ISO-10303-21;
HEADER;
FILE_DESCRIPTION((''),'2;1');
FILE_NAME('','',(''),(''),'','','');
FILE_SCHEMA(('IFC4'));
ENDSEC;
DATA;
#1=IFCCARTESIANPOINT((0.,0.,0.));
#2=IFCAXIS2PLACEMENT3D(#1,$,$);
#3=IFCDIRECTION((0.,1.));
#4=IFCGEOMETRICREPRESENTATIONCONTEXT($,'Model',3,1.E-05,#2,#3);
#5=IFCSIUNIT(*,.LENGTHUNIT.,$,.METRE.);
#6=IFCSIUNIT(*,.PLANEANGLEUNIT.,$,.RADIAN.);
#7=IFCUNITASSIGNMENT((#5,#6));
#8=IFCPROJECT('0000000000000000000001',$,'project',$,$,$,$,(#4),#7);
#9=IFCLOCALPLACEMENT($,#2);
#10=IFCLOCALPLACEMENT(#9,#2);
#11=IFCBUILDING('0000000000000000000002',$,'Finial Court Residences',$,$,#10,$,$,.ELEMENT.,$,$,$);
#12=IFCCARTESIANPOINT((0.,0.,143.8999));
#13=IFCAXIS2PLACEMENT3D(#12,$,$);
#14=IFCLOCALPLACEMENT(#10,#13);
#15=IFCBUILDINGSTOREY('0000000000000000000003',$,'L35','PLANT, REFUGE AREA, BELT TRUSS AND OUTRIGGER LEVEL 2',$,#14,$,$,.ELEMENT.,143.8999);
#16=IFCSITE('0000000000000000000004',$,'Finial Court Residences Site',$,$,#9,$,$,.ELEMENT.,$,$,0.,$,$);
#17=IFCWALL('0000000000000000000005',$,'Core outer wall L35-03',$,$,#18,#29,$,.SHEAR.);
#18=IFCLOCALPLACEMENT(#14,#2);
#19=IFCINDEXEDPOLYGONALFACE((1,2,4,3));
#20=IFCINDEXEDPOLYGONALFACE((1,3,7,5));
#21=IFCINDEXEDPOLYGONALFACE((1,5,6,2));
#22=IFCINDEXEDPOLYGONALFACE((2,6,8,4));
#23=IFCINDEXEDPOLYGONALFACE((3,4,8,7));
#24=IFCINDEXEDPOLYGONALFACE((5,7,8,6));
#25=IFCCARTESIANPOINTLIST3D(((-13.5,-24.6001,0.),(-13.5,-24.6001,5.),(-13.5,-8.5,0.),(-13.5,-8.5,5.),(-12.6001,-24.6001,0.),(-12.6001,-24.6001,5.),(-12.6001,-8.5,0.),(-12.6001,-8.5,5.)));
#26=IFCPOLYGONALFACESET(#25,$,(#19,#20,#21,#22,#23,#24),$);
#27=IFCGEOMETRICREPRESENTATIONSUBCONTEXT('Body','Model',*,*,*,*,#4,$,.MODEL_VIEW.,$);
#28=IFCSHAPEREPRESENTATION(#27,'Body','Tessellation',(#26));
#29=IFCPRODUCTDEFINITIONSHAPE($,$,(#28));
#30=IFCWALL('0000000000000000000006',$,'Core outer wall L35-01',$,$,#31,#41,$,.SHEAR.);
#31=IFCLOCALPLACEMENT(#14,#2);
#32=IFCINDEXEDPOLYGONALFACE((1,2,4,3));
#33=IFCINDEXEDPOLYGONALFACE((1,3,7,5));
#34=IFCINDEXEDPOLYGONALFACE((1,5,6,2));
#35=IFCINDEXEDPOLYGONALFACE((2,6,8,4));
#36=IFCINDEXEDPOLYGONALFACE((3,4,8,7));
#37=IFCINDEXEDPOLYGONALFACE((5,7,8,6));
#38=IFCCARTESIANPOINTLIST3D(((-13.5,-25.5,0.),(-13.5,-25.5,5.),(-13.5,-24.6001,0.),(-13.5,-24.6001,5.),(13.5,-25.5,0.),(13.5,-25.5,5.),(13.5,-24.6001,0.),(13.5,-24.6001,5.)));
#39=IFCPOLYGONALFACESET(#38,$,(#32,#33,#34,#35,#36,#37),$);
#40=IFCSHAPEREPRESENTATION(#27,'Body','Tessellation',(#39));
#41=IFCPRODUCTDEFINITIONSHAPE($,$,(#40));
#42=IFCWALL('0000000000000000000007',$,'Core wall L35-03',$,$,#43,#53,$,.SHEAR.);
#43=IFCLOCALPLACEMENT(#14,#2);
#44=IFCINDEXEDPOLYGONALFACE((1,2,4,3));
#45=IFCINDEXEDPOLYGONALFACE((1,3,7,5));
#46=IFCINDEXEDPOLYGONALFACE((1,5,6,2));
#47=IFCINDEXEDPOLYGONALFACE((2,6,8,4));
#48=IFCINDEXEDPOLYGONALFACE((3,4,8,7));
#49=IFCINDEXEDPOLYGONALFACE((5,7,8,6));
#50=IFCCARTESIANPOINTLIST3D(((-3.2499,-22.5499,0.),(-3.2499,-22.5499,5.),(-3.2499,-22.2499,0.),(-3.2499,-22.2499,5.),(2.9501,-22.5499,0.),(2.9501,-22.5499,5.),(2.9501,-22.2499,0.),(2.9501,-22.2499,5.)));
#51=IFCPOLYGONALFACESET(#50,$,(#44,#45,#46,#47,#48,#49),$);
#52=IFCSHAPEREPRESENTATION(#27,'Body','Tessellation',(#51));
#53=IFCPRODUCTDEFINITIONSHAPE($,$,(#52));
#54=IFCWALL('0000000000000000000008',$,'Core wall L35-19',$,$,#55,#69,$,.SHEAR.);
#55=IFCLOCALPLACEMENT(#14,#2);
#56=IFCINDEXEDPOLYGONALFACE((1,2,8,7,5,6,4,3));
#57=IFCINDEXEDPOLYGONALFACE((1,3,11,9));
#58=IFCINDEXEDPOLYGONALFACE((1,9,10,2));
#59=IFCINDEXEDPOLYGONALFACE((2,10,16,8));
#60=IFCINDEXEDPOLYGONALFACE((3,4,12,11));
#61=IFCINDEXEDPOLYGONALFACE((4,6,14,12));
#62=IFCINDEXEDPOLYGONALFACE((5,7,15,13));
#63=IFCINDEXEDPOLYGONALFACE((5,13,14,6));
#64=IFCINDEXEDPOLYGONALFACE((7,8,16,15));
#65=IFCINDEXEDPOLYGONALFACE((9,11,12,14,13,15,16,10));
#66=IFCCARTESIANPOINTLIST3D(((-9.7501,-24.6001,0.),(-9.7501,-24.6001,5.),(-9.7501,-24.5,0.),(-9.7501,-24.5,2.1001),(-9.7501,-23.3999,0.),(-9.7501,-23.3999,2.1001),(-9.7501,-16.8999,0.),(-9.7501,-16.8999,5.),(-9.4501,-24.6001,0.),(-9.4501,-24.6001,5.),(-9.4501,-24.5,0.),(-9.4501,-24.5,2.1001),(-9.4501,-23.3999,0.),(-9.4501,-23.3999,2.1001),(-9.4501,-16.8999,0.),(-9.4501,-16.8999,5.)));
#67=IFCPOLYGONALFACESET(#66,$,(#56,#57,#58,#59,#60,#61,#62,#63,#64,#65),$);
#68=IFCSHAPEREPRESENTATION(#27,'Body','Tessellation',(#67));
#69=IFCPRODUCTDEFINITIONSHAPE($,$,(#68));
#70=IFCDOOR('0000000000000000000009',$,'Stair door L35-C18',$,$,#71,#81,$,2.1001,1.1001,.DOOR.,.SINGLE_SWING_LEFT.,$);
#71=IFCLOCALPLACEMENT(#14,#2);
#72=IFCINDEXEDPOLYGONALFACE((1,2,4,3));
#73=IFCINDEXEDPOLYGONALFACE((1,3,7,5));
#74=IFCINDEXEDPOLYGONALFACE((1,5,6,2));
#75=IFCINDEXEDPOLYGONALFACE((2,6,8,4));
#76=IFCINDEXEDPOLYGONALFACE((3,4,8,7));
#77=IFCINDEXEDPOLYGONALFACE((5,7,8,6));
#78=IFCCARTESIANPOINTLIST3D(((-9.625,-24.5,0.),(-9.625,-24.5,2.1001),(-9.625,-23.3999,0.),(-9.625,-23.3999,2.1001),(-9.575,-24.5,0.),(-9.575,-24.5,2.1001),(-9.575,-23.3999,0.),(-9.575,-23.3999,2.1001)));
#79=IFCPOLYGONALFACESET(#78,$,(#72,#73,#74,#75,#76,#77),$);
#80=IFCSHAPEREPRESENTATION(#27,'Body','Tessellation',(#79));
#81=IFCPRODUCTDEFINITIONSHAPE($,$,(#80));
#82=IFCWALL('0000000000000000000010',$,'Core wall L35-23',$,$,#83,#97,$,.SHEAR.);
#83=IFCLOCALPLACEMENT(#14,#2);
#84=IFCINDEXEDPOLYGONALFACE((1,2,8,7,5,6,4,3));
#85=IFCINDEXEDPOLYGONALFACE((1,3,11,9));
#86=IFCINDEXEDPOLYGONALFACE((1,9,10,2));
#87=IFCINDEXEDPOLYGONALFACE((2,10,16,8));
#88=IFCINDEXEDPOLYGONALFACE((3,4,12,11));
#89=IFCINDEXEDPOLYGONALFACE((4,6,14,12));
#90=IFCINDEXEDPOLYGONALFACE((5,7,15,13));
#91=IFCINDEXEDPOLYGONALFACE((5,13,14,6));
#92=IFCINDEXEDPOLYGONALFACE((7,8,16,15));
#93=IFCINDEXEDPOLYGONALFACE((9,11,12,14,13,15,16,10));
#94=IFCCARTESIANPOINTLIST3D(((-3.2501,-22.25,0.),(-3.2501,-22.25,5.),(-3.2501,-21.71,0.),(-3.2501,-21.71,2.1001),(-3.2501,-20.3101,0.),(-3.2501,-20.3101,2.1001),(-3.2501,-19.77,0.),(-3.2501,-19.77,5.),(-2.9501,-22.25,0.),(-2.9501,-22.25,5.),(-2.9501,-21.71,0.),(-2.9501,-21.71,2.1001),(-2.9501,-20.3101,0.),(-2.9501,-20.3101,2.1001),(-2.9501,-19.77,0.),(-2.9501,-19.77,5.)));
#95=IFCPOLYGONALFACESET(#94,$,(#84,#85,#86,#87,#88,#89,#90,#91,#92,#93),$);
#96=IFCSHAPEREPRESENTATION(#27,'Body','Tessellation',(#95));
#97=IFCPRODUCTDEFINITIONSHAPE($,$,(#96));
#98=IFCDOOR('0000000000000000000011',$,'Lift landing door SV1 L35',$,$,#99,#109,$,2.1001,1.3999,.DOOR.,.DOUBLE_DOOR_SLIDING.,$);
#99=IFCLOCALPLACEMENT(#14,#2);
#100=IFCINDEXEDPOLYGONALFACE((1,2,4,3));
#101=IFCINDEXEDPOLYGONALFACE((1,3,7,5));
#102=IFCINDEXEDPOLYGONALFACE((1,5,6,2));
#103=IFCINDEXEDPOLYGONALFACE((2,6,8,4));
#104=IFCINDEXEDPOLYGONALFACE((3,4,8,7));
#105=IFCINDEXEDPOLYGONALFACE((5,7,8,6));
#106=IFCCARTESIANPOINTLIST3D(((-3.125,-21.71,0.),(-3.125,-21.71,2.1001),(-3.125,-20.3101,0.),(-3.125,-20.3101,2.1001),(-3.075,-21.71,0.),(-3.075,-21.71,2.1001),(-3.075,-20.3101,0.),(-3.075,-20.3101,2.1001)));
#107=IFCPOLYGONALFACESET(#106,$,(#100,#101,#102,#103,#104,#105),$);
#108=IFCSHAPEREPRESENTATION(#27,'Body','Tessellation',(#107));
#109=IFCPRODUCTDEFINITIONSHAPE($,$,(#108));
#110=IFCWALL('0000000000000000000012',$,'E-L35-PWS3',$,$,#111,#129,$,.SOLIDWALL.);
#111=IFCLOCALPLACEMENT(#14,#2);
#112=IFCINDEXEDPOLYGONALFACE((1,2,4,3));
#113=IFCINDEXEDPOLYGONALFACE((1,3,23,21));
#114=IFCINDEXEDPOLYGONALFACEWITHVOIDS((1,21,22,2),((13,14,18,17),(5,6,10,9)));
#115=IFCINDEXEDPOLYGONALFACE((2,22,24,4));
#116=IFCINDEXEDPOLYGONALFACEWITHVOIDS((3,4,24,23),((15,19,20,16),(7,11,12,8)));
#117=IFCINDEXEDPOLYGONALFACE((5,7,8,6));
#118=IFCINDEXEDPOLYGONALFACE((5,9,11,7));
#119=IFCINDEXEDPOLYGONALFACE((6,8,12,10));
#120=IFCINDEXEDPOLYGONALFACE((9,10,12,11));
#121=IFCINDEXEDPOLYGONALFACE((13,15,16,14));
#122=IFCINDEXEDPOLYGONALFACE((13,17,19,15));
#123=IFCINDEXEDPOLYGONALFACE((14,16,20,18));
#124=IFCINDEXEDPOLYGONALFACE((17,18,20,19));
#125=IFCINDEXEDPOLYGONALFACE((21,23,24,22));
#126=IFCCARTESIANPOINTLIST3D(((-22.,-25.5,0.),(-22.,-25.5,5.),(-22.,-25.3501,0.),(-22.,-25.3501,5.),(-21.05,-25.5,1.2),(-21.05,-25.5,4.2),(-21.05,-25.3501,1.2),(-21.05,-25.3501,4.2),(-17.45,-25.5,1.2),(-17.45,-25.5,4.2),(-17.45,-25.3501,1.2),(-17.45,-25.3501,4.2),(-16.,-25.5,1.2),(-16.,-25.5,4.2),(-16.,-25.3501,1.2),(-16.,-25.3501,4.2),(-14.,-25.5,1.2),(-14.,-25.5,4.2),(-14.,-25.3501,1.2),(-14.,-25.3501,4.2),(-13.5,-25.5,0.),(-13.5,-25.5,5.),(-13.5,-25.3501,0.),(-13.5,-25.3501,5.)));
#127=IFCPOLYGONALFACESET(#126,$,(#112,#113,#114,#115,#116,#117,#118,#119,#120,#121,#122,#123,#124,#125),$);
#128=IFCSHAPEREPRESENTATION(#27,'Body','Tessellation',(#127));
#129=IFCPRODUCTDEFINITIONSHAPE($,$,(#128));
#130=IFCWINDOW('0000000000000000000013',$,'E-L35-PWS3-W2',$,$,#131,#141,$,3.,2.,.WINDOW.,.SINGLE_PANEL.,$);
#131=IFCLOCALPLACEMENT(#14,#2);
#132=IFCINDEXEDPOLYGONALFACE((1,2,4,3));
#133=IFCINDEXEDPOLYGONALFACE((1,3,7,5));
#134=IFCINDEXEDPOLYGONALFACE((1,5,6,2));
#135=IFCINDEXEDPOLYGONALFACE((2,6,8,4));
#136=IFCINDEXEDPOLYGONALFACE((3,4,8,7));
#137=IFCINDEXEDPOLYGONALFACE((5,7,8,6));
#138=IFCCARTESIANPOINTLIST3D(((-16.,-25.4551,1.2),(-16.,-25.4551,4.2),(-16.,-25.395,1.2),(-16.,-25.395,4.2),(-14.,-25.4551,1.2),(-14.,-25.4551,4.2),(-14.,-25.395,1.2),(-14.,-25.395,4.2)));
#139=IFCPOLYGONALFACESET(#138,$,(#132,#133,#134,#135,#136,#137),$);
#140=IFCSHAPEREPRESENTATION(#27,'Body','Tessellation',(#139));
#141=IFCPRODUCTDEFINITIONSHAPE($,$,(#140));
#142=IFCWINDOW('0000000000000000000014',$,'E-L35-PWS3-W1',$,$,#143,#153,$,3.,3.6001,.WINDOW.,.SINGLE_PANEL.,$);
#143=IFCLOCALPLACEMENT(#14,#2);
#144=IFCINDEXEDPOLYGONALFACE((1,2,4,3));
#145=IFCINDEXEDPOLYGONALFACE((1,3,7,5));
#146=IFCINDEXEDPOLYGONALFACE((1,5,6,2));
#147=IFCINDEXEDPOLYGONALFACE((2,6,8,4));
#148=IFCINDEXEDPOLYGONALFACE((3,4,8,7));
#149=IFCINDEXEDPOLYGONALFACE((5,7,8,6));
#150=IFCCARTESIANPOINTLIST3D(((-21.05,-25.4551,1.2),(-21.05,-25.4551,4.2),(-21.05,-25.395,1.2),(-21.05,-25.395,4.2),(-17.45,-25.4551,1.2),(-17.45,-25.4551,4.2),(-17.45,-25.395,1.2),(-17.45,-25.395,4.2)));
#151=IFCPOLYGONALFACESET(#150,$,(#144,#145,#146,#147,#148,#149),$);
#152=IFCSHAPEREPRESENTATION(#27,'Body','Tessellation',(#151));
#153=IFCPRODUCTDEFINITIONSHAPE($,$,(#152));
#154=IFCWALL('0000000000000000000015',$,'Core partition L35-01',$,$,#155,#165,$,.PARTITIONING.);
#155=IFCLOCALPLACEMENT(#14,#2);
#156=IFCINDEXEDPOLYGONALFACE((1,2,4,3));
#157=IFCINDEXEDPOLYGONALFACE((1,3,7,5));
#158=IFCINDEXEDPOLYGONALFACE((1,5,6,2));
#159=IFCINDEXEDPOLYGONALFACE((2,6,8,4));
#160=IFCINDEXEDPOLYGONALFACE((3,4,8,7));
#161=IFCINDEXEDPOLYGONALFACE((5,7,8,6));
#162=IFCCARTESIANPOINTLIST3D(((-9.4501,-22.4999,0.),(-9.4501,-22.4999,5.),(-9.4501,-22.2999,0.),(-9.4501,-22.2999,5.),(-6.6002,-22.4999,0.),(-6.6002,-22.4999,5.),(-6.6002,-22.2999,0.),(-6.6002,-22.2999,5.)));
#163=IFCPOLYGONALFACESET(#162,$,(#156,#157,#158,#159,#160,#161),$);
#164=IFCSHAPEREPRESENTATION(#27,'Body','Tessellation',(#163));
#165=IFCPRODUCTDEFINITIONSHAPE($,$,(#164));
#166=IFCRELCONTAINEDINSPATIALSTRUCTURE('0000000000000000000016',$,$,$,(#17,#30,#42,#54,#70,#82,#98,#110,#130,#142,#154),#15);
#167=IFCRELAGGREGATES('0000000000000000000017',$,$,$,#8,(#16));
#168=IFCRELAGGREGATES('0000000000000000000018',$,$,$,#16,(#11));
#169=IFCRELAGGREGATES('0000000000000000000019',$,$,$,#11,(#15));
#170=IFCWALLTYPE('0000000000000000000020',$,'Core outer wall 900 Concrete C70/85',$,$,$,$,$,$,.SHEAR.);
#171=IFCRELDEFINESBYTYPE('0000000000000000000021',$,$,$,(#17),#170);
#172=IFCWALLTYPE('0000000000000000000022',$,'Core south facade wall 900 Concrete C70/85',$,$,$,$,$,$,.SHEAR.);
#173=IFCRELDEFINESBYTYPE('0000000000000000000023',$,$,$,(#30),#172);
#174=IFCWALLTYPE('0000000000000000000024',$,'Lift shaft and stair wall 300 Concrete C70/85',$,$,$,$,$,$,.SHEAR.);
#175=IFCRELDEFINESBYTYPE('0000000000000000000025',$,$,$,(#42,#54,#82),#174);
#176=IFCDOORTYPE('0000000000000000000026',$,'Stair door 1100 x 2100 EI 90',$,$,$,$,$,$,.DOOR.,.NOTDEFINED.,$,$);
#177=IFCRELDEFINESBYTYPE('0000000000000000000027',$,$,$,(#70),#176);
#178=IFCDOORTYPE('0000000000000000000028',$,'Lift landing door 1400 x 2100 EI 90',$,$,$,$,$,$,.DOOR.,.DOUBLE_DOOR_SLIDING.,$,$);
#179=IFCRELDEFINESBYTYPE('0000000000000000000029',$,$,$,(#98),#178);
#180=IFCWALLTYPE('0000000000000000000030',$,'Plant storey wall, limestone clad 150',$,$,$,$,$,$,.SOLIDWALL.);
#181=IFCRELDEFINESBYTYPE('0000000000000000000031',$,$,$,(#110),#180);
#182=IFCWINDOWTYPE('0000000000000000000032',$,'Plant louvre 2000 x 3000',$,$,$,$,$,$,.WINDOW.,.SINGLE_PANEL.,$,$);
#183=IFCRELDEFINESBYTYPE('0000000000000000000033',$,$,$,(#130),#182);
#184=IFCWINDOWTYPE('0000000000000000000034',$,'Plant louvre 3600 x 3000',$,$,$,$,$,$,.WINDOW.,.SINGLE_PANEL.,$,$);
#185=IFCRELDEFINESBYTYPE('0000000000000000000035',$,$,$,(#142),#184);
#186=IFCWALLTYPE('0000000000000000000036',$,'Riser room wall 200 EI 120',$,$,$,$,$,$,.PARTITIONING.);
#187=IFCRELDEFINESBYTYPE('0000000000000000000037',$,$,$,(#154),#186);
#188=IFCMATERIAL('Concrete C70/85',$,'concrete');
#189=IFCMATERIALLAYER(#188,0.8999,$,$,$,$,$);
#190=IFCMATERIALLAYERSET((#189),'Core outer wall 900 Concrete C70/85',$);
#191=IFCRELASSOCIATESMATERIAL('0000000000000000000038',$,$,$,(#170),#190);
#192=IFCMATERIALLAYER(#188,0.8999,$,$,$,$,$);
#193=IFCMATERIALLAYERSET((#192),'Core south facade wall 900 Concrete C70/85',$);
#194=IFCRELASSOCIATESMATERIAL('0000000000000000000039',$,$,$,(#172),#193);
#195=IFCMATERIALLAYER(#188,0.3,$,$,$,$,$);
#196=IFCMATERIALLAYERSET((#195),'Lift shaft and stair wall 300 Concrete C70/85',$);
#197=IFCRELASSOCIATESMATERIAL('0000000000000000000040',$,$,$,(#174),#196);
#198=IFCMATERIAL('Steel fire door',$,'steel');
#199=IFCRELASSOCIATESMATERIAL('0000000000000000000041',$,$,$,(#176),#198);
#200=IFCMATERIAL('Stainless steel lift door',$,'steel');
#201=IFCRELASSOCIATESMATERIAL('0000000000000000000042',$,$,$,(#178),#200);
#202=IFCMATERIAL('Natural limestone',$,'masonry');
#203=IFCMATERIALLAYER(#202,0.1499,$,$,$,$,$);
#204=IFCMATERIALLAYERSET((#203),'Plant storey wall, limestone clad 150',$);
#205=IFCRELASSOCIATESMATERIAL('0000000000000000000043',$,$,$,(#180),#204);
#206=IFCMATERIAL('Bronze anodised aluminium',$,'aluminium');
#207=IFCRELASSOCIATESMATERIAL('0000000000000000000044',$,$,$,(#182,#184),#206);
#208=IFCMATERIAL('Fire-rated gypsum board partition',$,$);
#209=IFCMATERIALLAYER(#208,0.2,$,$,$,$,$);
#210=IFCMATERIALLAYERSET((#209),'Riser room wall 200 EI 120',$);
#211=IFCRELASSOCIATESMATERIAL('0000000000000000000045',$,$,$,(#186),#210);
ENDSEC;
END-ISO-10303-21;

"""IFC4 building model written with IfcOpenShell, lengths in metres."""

from ifc_helpers import new_model, si_unit, direction, frame, frame_2d, origin, place, context, subcontext, project, spatial, rectangle, extrude, material, layer, layer_set, type_object, element, fill, save


model = new_model("IFC4")

# Units and contexts
model_context = context("Model", 3, precision=1e-05, world=origin(), true_north=direction((0.0, 1.0)))
body_context = subcontext(model_context, "Body", "Model", "MODEL_VIEW")
ifc_project = project(units=[si_unit("LENGTHUNIT", "METRE"), si_unit("PLANEANGLEUNIT", "RADIAN")], contexts=[model_context])

# Site, building, storey
site_placement = place(None, origin())
site = spatial("IfcSite", under=ifc_project, at=site_placement, Name="Finial Court Residences Site", CompositionType="ELEMENT", RefElevation=0.0)
building_placement = place(site_placement, origin())
building = spatial("IfcBuilding", under=site, at=building_placement, Name="Finial Court Residences", CompositionType="ELEMENT")
storey_placement = place(building_placement, frame((0.0, 0.0, 143.8999)))
storey = spatial("IfcBuildingStorey", under=building, at=storey_placement, Name="L35", Description="PLANT, REFUGE AREA, BELT TRUSS AND OUTRIGGER LEVEL 2", CompositionType="ELEMENT", Elevation=143.8999)

# Walls
ifc_material_1 = material(Name="Concrete C70/85", Category="concrete")
ifc_layer_1 = layer(ifc_material_1, 0.8999)
ifc_layer_set_1 = layer_set([ifc_layer_1], Name="Core outer wall 900 Concrete C70/85")
wall_type_1 = type_object("IfcWallType", Name="Core outer wall 900 Concrete C70/85", PredefinedType="SHEAR", material=ifc_layer_set_1)
wall_1_placement = place(storey_placement, frame((-13.05, -24.6001, 0.0), z_axis=(0.0, 0.0, 1.0), x_axis=(0.0, 1.0, 0.0)))
element("IfcWall", 1, at=wall_1_placement, inside=storey, type_object=wall_type_1, Name="Core outer wall L35-03", PredefinedType="SHEAR", context=body_context, shape_type="SweptSolid", body=[
    extrude(rectangle(XDim=16.1001, YDim=0.8999, at=frame_2d((8.05, 0.0))), origin(), (0.0, 0.0, 1.0), 5.0),
])
ifc_layer_2 = layer(ifc_material_1, 0.8999)
ifc_layer_set_2 = layer_set([ifc_layer_2], Name="Core south facade wall 900 Concrete C70/85")
wall_type_2 = type_object("IfcWallType", Name="Core south facade wall 900 Concrete C70/85", PredefinedType="SHEAR", material=ifc_layer_set_2)
wall_2_placement = place(storey_placement, frame((-13.5, -25.05, 0.0), z_axis=(0.0, 0.0, 1.0), x_axis=(1.0, 0.0, 0.0)))
element("IfcWall", 2, at=wall_2_placement, inside=storey, type_object=wall_type_2, Name="Core outer wall L35-01", PredefinedType="SHEAR", context=body_context, shape_type="SweptSolid", body=[
    extrude(rectangle(XDim=27.0, YDim=0.8999, at=frame_2d((13.5, 0.0))), origin(), (0.0, 0.0, 1.0), 5.0),
])
ifc_layer_3 = layer(ifc_material_1, 0.3)
ifc_layer_set_3 = layer_set([ifc_layer_3], Name="Lift shaft and stair wall 300 Concrete C70/85")
wall_type_3 = type_object("IfcWallType", Name="Lift shaft and stair wall 300 Concrete C70/85", PredefinedType="SHEAR", material=ifc_layer_set_3)
wall_3_placement = place(storey_placement, frame((-3.25, -22.3999, 0.0), z_axis=(0.0, 0.0, 1.0), x_axis=(1.0, 0.0, 0.0)))
element("IfcWall", 3, at=wall_3_placement, inside=storey, type_object=wall_type_3, Name="Core wall L35-03", PredefinedType="SHEAR", context=body_context, shape_type="SweptSolid", body=[
    extrude(rectangle(XDim=6.2, YDim=0.3, at=frame_2d((3.1001, 0.0))), origin(), (0.0, 0.0, 1.0), 5.0),
])

# Walls, openings, doors
wall_4_placement = place(storey_placement, frame((-9.6001, -24.6001, 0.0), z_axis=(0.0, 0.0, 1.0), x_axis=(0.0, 1.0, 0.0)))
wall_4 = element("IfcWall", 4, at=wall_4_placement, inside=storey, type_object=wall_type_3, Name="Core wall L35-19", PredefinedType="SHEAR", context=body_context, shape_type="SweptSolid", body=[
    extrude(rectangle(XDim=7.7002, YDim=0.3, at=frame_2d((3.8501, 0.0))), origin(), (0.0, 0.0, 1.0), 5.0),
])
opening_1_placement = place(wall_4_placement, frame((0.1001, 0.0, 0.0)))
opening_1 = element("IfcOpeningElement", 5, at=opening_1_placement, cuts=wall_4, PredefinedType="OPENING", context=body_context, shape_type="SweptSolid", body=[
    extrude(rectangle(XDim=1.1001, YDim=2.1001, at=frame_2d((0.55, 1.05))), frame((0.0, 0.1599, 0.0), z_axis=(0.0, -1.0, 0.0), x_axis=(1.0, 0.0, 0.0)), (0.0, 0.0, 1.0), 0.3201),
])
ifc_material_2 = material(Name="Steel fire door", Category="steel")
door_type_1 = type_object("IfcDoorType", Name="Stair door 1100 x 2100 EI 90", OperationType="NOTDEFINED", PredefinedType="DOOR", material=ifc_material_2)
door_1_placement = place(opening_1_placement, origin())
door_1 = element("IfcDoor", 6, at=door_1_placement, inside=storey, type_object=door_type_1, Name="Stair door L35-C18", OperationType="SINGLE_SWING_LEFT", OverallHeight=2.1001, OverallWidth=1.1001, PredefinedType="DOOR", context=body_context, shape_type="SweptSolid", body=[
    extrude(rectangle(XDim=1.1001, YDim=2.1001, at=frame_2d((0.55, 1.05))), frame((0.0, 0.0249, 0.0), z_axis=(0.0, -1.0, 0.0), x_axis=(1.0, 0.0, 0.0)), (0.0, 0.0, 1.0), 0.05),
])
fill(opening_1, door_1)
wall_5_placement = place(storey_placement, frame((-3.1001, -22.25, 0.0), z_axis=(0.0, 0.0, 1.0), x_axis=(0.0, 1.0, 0.0)))
wall_5 = element("IfcWall", 7, at=wall_5_placement, inside=storey, type_object=wall_type_3, Name="Core wall L35-23", PredefinedType="SHEAR", context=body_context, shape_type="SweptSolid", body=[
    extrude(rectangle(XDim=2.48, YDim=0.3, at=frame_2d((1.24, 0.0))), origin(), (0.0, 0.0, 1.0), 5.0),
])
opening_2_placement = place(wall_5_placement, frame((0.54, 0.0, 0.0)))
opening_2 = element("IfcOpeningElement", 8, at=opening_2_placement, cuts=wall_5, PredefinedType="OPENING", context=body_context, shape_type="SweptSolid", body=[
    extrude(rectangle(XDim=1.3999, YDim=2.1001, at=frame_2d((0.7, 1.05))), frame((0.0, 0.1599, 0.0), z_axis=(0.0, -1.0, 0.0), x_axis=(1.0, 0.0, 0.0)), (0.0, 0.0, 1.0), 0.3201),
])
ifc_material_3 = material(Name="Stainless steel lift door", Category="steel")
door_type_2 = type_object("IfcDoorType", Name="Lift landing door 1400 x 2100 EI 90", OperationType="DOUBLE_DOOR_SLIDING", PredefinedType="DOOR", material=ifc_material_3)
door_2_placement = place(opening_2_placement, origin())
door_2 = element("IfcDoor", 9, at=door_2_placement, inside=storey, type_object=door_type_2, Name="Lift landing door SV1 L35", OperationType="DOUBLE_DOOR_SLIDING", OverallHeight=2.1001, OverallWidth=1.3999, PredefinedType="DOOR", context=body_context, shape_type="SweptSolid", body=[
    extrude(rectangle(XDim=1.3999, YDim=2.1001, at=frame_2d((0.7, 1.05))), frame((0.0, 0.0249, 0.0), z_axis=(0.0, -1.0, 0.0), x_axis=(1.0, 0.0, 0.0)), (0.0, 0.0, 1.0), 0.05),
])
fill(opening_2, door_2)

# Wall, openings, windows
ifc_material_4 = material(Name="Natural limestone", Category="masonry")
ifc_layer_4 = layer(ifc_material_4, 0.1499)
ifc_layer_set_4 = layer_set([ifc_layer_4], Name="Plant storey wall, limestone clad 150")
wall_type_4 = type_object("IfcWallType", Name="Plant storey wall, limestone clad 150", PredefinedType="SOLIDWALL", material=ifc_layer_set_4)
wall_6_placement = place(storey_placement, frame((-13.5, -25.425, 0.0), z_axis=(0.0, 0.0, 1.0), x_axis=(-1.0, 0.0, 0.0)))
wall_6 = element("IfcWall", 10, at=wall_6_placement, inside=storey, type_object=wall_type_4, Name="E-L35-PWS3", PredefinedType="SOLIDWALL", context=body_context, shape_type="SweptSolid", body=[
    extrude(rectangle(XDim=8.5, YDim=0.1499, at=frame_2d((4.25, 0.0))), origin(), (0.0, 0.0, 1.0), 5.0),
])
opening_3_placement = place(wall_6_placement, frame((3.95, 0.0, 1.2)))
opening_3 = element("IfcOpeningElement", 11, at=opening_3_placement, cuts=wall_6, PredefinedType="OPENING", context=body_context, shape_type="SweptSolid", body=[
    extrude(rectangle(XDim=3.6001, YDim=3.0, at=frame_2d((1.8, 1.5))), frame((0.0, 0.085, 0.0), z_axis=(0.0, -1.0, 0.0), x_axis=(1.0, 0.0, 0.0)), (0.0, 0.0, 1.0), 0.1699),
])
opening_4_placement = place(wall_6_placement, frame((0.5, 0.0, 1.2)))
opening_4 = element("IfcOpeningElement", 12, at=opening_4_placement, cuts=wall_6, PredefinedType="OPENING", context=body_context, shape_type="SweptSolid", body=[
    extrude(rectangle(XDim=2.0, YDim=3.0, at=frame_2d((1.0, 1.5))), frame((0.0, 0.085, 0.0), z_axis=(0.0, -1.0, 0.0), x_axis=(1.0, 0.0, 0.0)), (0.0, 0.0, 1.0), 0.1699),
])
ifc_material_5 = material(Name="Bronze anodised aluminium", Category="aluminium")
window_type_1 = type_object("IfcWindowType", Name="Plant louvre 2000 x 3000", PartitioningType="SINGLE_PANEL", PredefinedType="WINDOW", material=ifc_material_5)
window_1_placement = place(opening_4_placement, origin())
window_1 = element("IfcWindow", 13, at=window_1_placement, inside=storey, type_object=window_type_1, Name="E-L35-PWS3-W2", OverallHeight=3.0, OverallWidth=2.0, PartitioningType="SINGLE_PANEL", PredefinedType="WINDOW", context=body_context, shape_type="SweptSolid", body=[
    extrude(rectangle(XDim=2.0, YDim=3.0, at=frame_2d((1.0, 1.5))), frame((0.0, 0.03, 0.0), z_axis=(0.0, -1.0, 0.0), x_axis=(1.0, 0.0, 0.0)), (0.0, 0.0, 1.0), 0.0601),
])
fill(opening_4, window_1)
window_type_2 = type_object("IfcWindowType", Name="Plant louvre 3600 x 3000", PartitioningType="SINGLE_PANEL", PredefinedType="WINDOW", material=ifc_material_5)
window_2_placement = place(opening_3_placement, origin())
window_2 = element("IfcWindow", 14, at=window_2_placement, inside=storey, type_object=window_type_2, Name="E-L35-PWS3-W1", OverallHeight=3.0, OverallWidth=3.6001, PartitioningType="SINGLE_PANEL", PredefinedType="WINDOW", context=body_context, shape_type="SweptSolid", body=[
    extrude(rectangle(XDim=3.6001, YDim=3.0, at=frame_2d((1.8, 1.5))), frame((0.0, 0.03, 0.0), z_axis=(0.0, -1.0, 0.0), x_axis=(1.0, 0.0, 0.0)), (0.0, 0.0, 1.0), 0.0601),
])
fill(opening_3, window_2)

# Wall
ifc_material_6 = material(Name="Fire-rated gypsum board partition")
ifc_layer_5 = layer(ifc_material_6, 0.2)
ifc_layer_set_5 = layer_set([ifc_layer_5], Name="Riser room wall 200 EI 120")
wall_type_5 = type_object("IfcWallType", Name="Riser room wall 200 EI 120", PredefinedType="PARTITIONING", material=ifc_layer_set_5)
wall_7_placement = place(storey_placement, frame((-9.45, -22.3999, 0.0), z_axis=(0.0, 0.0, 1.0), x_axis=(1.0, 0.0, 0.0)))
element("IfcWall", 15, at=wall_7_placement, inside=storey, type_object=wall_type_5, Name="Core partition L35-01", PredefinedType="PARTITIONING", context=body_context, shape_type="SweptSolid", body=[
    extrude(rectangle(XDim=2.8499, YDim=0.2, at=frame_2d((1.4248, 0.0))), origin(), (0.0, 0.0, 1.0), 5.0),
])

save(model, "model.ifc")
